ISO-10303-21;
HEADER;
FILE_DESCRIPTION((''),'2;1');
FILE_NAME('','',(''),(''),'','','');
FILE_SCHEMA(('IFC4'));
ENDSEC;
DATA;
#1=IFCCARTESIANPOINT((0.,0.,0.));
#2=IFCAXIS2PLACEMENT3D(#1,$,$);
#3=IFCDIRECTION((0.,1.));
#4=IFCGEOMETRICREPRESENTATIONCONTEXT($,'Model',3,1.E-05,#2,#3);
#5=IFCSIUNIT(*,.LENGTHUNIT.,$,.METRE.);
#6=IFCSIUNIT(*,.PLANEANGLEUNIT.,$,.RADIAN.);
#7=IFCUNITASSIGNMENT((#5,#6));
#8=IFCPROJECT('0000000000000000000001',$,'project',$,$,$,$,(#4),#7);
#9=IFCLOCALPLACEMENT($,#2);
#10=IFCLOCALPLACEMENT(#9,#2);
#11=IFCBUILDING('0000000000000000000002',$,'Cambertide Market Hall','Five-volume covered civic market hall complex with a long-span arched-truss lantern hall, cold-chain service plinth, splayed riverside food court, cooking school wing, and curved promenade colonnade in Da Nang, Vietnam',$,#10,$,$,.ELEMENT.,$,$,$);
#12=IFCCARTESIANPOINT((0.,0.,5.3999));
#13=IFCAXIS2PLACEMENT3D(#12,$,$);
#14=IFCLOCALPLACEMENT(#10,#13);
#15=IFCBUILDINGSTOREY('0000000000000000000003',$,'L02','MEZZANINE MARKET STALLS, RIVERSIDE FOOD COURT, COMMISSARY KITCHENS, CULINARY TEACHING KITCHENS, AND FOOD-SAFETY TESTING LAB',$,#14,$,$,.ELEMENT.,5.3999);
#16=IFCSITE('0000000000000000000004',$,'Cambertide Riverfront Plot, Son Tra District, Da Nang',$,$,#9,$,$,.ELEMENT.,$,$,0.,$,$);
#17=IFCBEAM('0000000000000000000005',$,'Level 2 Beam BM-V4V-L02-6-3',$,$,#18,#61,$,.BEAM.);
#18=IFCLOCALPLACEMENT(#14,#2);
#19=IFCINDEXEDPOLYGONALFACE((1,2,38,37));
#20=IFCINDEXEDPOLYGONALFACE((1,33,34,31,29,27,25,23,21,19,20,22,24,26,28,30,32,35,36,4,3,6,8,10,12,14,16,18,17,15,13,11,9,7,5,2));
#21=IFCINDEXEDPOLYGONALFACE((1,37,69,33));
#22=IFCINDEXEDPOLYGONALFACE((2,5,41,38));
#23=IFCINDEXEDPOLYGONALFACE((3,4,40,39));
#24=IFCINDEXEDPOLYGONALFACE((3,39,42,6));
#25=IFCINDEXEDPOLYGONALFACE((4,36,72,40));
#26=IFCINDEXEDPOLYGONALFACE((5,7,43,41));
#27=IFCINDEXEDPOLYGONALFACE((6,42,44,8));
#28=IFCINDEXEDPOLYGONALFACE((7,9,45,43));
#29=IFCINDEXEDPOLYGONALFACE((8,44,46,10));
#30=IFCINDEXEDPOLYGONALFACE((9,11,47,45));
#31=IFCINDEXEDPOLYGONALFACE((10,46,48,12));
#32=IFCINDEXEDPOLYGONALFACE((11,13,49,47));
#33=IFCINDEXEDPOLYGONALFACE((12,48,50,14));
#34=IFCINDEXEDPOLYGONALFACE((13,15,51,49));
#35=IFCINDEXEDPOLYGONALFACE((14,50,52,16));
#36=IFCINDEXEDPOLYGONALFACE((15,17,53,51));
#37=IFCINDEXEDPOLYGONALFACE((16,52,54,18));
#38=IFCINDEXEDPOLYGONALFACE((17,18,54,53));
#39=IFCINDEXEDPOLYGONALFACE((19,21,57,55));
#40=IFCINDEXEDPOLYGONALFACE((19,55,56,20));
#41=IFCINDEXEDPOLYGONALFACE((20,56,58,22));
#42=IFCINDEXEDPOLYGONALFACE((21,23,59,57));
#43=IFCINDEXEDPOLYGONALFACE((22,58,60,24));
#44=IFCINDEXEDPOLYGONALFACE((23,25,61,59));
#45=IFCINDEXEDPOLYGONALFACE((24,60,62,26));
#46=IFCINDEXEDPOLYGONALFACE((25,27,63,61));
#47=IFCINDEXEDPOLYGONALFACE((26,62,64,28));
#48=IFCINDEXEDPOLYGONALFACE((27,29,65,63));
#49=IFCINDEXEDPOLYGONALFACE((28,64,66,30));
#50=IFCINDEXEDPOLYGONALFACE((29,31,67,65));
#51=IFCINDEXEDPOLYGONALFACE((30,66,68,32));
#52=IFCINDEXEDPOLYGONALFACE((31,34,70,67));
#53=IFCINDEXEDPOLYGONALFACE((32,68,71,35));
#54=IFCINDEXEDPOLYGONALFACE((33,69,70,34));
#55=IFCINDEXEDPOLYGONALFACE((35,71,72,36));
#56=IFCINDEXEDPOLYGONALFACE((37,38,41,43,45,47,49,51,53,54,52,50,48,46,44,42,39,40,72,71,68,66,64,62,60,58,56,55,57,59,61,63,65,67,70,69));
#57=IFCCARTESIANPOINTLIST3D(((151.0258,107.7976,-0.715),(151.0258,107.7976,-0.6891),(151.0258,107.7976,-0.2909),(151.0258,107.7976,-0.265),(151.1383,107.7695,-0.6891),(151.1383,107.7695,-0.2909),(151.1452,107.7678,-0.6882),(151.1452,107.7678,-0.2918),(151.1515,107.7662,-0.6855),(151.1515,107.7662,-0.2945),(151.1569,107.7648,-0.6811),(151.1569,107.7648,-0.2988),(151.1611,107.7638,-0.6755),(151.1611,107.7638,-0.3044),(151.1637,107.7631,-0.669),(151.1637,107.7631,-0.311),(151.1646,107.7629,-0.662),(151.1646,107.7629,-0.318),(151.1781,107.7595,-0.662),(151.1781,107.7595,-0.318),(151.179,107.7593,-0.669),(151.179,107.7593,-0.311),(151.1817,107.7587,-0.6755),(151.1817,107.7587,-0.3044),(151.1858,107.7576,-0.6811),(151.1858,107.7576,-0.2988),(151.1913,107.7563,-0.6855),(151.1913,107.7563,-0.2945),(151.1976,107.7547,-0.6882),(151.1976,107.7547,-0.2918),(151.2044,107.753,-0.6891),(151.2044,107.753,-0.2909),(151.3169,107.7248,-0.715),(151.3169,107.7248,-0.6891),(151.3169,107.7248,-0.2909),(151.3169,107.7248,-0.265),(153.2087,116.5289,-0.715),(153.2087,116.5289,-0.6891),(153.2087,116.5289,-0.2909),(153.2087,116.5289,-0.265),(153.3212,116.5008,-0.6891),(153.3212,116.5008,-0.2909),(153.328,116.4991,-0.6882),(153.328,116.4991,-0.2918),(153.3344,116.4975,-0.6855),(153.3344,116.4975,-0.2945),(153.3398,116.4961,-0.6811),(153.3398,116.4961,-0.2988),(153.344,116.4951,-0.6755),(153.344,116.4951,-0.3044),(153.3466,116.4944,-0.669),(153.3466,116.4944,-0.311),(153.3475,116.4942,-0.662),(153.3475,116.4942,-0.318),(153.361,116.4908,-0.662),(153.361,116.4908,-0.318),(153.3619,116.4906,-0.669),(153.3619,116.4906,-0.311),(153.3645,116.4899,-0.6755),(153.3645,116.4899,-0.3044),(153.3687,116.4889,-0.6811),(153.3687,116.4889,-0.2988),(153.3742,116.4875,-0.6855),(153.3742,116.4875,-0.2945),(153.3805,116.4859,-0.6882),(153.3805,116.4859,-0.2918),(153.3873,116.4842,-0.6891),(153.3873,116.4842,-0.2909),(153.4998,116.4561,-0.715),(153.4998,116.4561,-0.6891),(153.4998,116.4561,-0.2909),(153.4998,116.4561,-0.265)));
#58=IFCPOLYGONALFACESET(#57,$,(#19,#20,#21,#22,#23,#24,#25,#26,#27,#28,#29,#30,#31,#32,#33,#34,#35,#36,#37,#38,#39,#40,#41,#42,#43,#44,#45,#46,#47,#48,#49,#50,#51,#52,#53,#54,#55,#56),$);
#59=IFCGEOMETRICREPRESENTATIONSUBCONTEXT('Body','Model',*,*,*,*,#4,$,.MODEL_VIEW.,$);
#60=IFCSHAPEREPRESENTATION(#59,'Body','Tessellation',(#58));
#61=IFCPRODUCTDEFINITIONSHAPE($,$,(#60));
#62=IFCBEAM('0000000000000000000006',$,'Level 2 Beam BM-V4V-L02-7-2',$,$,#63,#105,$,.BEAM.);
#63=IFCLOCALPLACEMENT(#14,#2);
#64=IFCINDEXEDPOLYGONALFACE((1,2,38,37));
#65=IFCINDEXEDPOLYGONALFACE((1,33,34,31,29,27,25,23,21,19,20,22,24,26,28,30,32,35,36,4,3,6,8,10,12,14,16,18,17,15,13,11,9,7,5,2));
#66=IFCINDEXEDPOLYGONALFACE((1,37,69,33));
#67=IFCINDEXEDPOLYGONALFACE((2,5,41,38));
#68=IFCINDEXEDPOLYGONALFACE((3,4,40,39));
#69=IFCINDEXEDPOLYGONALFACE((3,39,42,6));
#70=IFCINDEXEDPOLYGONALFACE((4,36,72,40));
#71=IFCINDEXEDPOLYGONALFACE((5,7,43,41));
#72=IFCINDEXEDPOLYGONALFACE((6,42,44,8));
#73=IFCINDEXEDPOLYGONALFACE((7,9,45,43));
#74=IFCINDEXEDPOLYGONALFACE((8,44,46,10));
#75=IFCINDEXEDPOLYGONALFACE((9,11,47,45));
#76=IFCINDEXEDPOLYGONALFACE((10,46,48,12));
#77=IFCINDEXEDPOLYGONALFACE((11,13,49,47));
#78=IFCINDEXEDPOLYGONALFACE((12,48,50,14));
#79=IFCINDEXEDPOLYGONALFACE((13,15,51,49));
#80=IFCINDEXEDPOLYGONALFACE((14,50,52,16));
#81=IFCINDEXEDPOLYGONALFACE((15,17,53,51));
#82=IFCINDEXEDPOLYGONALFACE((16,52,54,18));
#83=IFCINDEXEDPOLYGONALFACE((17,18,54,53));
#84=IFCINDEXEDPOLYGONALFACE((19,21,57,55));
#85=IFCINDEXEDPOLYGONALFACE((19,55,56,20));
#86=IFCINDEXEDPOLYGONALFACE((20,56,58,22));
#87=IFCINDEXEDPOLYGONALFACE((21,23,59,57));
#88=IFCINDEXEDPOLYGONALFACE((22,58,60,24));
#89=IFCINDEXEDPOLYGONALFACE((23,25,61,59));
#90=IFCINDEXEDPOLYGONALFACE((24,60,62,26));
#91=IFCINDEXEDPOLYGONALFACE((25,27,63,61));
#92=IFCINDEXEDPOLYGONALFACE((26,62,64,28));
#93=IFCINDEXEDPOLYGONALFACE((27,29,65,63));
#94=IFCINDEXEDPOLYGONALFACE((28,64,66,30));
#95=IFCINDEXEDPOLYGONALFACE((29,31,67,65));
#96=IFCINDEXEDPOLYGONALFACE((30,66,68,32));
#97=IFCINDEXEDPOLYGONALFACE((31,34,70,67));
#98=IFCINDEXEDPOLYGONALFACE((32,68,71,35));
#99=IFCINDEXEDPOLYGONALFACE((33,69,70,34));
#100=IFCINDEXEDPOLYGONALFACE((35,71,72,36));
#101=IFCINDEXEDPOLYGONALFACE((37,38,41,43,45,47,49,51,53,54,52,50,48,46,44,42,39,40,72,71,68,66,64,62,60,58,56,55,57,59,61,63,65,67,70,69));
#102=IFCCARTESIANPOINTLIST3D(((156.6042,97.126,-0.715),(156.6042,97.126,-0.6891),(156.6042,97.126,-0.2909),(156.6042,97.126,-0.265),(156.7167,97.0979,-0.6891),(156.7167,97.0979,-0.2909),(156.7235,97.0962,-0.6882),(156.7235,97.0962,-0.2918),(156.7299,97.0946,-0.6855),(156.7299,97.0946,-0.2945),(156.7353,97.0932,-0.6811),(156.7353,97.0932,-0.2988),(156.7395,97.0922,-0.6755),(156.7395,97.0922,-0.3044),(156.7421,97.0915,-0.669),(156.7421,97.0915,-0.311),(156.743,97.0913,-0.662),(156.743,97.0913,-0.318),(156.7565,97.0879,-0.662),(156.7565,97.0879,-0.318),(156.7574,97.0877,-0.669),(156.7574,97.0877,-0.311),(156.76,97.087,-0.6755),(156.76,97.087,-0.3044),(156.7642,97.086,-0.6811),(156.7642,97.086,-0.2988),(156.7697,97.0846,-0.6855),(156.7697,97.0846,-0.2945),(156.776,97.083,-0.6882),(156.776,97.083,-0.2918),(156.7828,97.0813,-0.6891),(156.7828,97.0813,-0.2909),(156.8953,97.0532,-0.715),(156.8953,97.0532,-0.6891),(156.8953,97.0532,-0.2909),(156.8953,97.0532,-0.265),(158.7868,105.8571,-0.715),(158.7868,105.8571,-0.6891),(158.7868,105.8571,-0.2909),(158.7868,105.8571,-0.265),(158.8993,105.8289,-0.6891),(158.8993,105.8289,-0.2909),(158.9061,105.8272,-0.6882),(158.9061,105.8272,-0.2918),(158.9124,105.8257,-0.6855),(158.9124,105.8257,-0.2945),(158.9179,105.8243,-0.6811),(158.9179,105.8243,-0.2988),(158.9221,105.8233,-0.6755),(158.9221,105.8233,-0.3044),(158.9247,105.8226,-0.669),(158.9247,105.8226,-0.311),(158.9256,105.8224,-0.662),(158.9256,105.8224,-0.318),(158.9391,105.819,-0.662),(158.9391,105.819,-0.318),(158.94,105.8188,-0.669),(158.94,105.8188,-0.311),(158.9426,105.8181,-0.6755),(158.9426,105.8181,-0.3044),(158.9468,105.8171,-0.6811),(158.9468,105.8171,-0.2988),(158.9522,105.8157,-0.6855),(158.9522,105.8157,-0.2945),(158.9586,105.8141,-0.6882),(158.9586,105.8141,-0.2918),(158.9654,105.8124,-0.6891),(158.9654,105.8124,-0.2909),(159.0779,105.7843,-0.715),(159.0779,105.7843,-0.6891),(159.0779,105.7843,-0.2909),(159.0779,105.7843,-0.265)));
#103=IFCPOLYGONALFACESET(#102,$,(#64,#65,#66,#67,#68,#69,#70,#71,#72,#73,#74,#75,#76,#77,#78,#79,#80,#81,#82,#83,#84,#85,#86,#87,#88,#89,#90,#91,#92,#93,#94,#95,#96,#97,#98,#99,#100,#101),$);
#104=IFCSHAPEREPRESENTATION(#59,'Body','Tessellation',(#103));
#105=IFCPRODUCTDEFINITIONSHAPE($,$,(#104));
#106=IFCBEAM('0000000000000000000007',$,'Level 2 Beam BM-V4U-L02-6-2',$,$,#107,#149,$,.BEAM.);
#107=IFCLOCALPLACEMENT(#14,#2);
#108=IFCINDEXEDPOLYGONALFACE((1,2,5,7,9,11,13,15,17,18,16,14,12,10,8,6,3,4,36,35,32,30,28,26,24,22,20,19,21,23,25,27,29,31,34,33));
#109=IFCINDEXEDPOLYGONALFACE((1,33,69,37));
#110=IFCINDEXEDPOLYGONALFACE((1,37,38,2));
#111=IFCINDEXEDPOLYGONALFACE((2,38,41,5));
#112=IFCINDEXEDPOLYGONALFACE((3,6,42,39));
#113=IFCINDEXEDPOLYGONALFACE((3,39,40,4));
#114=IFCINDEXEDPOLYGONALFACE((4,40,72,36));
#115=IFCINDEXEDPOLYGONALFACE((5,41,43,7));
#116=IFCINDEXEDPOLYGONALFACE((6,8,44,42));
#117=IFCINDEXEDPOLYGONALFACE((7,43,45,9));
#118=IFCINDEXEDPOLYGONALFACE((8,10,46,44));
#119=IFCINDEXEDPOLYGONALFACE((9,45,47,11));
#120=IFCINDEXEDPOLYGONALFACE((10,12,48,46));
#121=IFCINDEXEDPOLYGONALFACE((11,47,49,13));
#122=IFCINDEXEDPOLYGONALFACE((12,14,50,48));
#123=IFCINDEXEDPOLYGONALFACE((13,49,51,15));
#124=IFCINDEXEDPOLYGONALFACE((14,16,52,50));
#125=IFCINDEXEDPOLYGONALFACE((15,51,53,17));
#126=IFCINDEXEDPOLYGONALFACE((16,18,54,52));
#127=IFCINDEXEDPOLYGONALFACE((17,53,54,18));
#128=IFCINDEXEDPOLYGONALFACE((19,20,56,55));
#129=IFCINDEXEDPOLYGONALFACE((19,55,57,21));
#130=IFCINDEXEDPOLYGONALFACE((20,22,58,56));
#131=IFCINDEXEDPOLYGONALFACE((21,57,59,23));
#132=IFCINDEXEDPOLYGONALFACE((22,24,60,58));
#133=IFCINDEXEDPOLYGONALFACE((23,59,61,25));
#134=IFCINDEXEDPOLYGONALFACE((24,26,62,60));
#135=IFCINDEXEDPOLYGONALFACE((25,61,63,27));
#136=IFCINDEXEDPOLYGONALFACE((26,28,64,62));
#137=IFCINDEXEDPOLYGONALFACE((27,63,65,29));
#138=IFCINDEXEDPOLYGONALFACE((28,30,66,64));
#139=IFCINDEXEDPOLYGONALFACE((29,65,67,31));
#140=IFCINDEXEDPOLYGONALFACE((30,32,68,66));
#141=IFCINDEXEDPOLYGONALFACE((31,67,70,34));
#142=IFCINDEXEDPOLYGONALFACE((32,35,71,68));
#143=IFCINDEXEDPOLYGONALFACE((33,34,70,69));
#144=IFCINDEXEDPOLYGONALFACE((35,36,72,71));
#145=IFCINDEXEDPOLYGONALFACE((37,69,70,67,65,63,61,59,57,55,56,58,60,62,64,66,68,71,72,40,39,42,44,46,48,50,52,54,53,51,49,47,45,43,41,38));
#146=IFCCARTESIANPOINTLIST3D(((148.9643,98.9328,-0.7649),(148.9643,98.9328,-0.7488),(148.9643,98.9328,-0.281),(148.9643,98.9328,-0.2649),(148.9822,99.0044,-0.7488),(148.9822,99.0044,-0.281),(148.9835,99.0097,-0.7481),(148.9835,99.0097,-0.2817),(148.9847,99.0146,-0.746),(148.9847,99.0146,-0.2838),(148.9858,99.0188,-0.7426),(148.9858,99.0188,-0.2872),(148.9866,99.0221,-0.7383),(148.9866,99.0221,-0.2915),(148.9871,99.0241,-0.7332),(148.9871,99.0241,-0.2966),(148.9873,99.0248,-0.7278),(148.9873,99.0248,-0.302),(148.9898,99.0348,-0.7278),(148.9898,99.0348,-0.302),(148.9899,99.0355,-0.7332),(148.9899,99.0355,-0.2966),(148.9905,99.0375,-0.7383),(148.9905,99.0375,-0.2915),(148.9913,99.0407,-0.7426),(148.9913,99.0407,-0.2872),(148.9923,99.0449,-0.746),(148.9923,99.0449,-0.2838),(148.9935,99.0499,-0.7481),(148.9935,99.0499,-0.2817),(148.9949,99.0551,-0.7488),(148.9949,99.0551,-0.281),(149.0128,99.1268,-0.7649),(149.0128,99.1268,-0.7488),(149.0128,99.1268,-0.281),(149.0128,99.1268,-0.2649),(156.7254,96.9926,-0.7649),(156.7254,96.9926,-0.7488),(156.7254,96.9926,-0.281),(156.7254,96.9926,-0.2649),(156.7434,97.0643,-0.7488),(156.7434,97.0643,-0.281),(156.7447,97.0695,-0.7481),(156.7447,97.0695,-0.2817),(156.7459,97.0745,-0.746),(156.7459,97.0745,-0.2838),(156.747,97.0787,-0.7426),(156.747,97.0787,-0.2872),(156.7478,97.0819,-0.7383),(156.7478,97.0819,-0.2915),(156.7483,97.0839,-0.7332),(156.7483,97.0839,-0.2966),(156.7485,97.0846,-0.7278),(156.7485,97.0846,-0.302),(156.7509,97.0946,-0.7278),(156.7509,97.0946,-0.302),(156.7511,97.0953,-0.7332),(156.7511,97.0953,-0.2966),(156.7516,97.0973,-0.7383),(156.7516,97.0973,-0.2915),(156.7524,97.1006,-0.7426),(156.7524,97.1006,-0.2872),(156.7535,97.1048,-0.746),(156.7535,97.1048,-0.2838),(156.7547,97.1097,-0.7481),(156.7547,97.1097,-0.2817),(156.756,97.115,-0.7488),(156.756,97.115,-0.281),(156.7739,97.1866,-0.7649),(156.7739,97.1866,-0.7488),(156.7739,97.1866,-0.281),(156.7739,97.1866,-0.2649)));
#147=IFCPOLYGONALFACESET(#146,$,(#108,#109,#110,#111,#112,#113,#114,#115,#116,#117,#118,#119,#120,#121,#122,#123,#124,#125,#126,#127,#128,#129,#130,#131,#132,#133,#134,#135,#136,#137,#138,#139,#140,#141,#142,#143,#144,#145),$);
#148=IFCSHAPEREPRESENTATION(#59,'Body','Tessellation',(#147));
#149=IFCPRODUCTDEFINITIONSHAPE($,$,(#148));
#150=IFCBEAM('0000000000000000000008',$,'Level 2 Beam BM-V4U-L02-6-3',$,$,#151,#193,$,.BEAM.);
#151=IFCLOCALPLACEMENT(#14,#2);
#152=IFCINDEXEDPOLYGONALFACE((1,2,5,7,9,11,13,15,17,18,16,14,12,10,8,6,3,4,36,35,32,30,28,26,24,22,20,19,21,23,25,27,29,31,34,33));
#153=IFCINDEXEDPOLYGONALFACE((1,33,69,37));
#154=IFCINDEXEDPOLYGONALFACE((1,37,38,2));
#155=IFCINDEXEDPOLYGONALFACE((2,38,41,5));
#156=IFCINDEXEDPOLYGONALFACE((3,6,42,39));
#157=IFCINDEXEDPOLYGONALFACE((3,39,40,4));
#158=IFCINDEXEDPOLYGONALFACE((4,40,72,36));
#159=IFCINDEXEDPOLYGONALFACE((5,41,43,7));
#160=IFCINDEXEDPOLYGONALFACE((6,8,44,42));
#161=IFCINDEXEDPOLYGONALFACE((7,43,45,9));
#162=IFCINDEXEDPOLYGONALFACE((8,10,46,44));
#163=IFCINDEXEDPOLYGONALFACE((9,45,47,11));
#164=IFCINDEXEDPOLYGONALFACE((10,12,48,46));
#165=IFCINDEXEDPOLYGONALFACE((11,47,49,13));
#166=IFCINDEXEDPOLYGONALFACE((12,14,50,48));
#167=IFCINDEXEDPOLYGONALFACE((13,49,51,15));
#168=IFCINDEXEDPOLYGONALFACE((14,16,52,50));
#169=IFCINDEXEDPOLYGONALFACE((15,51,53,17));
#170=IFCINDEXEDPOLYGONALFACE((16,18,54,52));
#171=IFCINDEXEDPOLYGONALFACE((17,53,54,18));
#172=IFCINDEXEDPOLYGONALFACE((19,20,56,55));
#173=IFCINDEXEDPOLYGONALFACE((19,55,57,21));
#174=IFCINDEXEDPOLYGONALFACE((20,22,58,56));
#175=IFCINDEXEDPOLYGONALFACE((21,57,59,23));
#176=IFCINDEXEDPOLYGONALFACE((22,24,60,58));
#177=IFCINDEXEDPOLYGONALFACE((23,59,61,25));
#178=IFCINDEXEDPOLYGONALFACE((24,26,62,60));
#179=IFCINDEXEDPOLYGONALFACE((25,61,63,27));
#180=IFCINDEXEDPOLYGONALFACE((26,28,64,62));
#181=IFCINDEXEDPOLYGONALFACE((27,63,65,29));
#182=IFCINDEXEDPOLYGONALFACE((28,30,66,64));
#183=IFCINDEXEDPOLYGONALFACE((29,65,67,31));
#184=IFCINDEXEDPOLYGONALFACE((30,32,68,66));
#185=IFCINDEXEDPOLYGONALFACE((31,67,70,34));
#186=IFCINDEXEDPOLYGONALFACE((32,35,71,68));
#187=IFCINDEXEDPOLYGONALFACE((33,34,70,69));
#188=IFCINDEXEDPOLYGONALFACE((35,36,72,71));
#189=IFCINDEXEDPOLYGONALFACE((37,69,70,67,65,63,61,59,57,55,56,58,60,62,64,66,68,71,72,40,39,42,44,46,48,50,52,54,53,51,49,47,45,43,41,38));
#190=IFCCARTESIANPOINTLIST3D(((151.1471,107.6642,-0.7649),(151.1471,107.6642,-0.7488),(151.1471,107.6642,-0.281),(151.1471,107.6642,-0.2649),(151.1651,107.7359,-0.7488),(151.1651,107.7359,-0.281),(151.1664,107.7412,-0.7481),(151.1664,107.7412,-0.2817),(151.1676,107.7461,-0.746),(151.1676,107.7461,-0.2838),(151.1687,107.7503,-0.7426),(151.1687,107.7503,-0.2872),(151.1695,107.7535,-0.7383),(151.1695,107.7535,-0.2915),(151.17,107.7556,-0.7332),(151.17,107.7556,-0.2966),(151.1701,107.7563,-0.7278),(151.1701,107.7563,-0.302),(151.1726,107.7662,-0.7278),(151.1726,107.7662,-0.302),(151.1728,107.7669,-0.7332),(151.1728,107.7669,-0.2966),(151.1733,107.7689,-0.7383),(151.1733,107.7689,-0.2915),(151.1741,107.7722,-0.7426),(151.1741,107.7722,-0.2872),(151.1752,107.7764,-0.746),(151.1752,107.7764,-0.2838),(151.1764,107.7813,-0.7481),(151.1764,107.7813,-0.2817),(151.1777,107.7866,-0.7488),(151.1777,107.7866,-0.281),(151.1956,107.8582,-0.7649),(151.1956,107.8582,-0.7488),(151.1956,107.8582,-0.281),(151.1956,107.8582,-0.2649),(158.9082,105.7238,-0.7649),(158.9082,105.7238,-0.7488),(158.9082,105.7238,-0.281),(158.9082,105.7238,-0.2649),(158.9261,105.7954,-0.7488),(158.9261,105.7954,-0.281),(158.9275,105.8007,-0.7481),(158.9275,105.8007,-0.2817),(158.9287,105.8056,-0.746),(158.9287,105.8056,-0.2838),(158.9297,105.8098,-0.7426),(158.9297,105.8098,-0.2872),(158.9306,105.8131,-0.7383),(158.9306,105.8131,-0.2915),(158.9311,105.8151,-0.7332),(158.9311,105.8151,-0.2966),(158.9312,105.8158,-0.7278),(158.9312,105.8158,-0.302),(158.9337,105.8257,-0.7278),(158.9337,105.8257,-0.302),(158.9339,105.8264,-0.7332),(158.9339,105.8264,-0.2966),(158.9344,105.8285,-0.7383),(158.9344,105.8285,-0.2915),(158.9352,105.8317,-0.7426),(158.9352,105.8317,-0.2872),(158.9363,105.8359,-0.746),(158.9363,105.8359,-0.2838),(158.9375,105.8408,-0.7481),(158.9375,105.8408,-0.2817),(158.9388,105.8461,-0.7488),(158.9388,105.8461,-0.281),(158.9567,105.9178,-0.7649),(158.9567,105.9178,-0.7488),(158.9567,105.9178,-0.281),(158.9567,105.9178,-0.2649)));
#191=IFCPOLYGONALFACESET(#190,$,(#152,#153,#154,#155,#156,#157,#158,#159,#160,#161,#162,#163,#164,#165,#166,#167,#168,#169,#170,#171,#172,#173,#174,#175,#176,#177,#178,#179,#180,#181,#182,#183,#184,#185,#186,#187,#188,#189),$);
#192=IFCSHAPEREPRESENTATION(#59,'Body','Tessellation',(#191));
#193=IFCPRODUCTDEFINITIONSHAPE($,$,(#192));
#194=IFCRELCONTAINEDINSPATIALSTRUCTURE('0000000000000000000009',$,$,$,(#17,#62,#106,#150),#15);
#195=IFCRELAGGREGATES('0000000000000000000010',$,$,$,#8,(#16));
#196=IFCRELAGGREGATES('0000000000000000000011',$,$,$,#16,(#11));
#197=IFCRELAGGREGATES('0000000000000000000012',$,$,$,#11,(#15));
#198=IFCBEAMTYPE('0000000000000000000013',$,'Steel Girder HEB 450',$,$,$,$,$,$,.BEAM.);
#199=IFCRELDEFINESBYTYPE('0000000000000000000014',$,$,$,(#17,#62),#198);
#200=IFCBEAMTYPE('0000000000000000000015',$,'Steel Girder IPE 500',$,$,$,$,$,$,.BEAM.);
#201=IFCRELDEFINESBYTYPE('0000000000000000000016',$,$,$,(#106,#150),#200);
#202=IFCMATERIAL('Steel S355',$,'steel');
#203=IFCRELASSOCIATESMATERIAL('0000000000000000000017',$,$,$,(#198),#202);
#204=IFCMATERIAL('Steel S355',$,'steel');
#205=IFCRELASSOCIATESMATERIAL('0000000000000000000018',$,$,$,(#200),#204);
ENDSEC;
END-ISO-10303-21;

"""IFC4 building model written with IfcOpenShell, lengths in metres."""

from ifc_helpers import new_model, si_unit, direction, frame, origin, origin_2d, place, context, subcontext, project, spatial, i_section, extrude, material, material_profile, profile_set, type_object, element, save


model = new_model("IFC4")

# Units and contexts
model_context = context("Model", 3, precision=1e-05, world=origin(), true_north=direction((0.0, 1.0)))
body_context = subcontext(model_context, "Body", "Model", "MODEL_VIEW")
ifc_project = project(units=[si_unit("LENGTHUNIT", "METRE"), si_unit("PLANEANGLEUNIT", "RADIAN")], contexts=[model_context])

# Site, building, storey
site_placement = place(None, origin())
site = spatial("IfcSite", under=ifc_project, at=site_placement, Name="Cambertide Riverfront Plot, Son Tra District, Da Nang", CompositionType="ELEMENT", RefElevation=0.0)
building_placement = place(site_placement, origin())
building = spatial("IfcBuilding", under=site, at=building_placement, Name="Cambertide Market Hall", Description="Five-volume covered civic market hall complex with a long-span arched-truss lantern hall, cold-chain service plinth, splayed riverside food court, cooking school wing, and curved promenade colonnade in Da Nang, Vietnam", CompositionType="ELEMENT")
storey_placement = place(building_placement, frame((0.0, 0.0, 5.3999)))
storey = spatial("IfcBuildingStorey", under=building, at=storey_placement, Name="L02", Description="MEZZANINE MARKET STALLS, RIVERSIDE FOOD COURT, COMMISSARY KITCHENS, CULINARY TEACHING KITCHENS, AND FOOD-SAFETY TESTING LAB", CompositionType="ELEMENT", Elevation=5.3999)

# Beams
ifc_material_1 = material(Name="Steel S355", Category="steel")
ifc_material_profile_1 = material_profile(ifc_material_1, i_section(OverallWidth=0.3, OverallDepth=0.45, WebThickness=0.0139, FlangeThickness=0.0259, FilletRadius=0.0271, at=origin_2d()), Name="HEB 450")
ifc_profile_set_1 = profile_set([ifc_material_profile_1], Name="Steel S355")
beam_type_1 = type_object("IfcBeamType", Name="Steel Girder HEB 450", PredefinedType="BEAM", material=ifc_profile_set_1)
beam_1_placement = place(storey_placement, frame((151.1714, 107.7612, -0.49), z_axis=(0.242542, 0.970141, 0.0), x_axis=(-0.970141, 0.242542, 0.0)))
element("IfcBeam", 1, at=beam_1_placement, inside=storey, type_object=beam_type_1, Name="Level 2 Beam BM-V4V-L02-6-3", PredefinedType="BEAM", context=body_context, shape_type="SweptSolid", body=[
    extrude(i_section(OverallWidth=0.3, OverallDepth=0.45, WebThickness=0.0139, FlangeThickness=0.0259, FilletRadius=0.0271, at=origin_2d()), origin(), (0.0, 0.0, 1.0), 9.0),
])
beam_2_placement = place(storey_placement, frame((156.7498, 97.0896, -0.49), z_axis=(0.242516, 0.970147, 0.0), x_axis=(-0.970147, 0.242516, 0.0)))
element("IfcBeam", 2, at=beam_2_placement, inside=storey, type_object=beam_type_1, Name="Level 2 Beam BM-V4V-L02-7-2", PredefinedType="BEAM", context=body_context, shape_type="SweptSolid", body=[
    extrude(i_section(OverallWidth=0.3, OverallDepth=0.45, WebThickness=0.0139, FlangeThickness=0.0259, FilletRadius=0.0271, at=origin_2d()), origin(), (0.0, 0.0, 1.0), 8.9998),
])
ifc_material_2 = material(Name="Steel S355", Category="steel")
ifc_material_profile_2 = material_profile(ifc_material_2, i_section(OverallWidth=0.2, OverallDepth=0.5, WebThickness=0.0103, FlangeThickness=0.0161, FilletRadius=0.021, at=origin_2d()), Name="IPE 500")
ifc_profile_set_2 = profile_set([ifc_material_profile_2], Name="Steel S355")
beam_type_2 = type_object("IfcBeamType", Name="Steel Girder IPE 500", PredefinedType="BEAM", material=ifc_profile_set_2)
for number, where, z_axis, x_axis, name in (
    (3, (148.9885, 99.0298, -0.5149), (0.970146, -0.242521, 0.0), (0.242521, 0.970146, 0.0), "Level 2 Beam BM-V4U-L02-6-2"),
    (4, (151.1714, 107.7612, -0.5149), (0.970137, -0.242557, 0.0), (0.242557, 0.970137, 0.0), "Level 2 Beam BM-V4U-L02-6-3"),
):
    element("IfcBeam", number, at=place(storey_placement, frame(where, z_axis=z_axis, x_axis=x_axis)), inside=storey, type_object=beam_type_2, Name=name, PredefinedType="BEAM", context=body_context, shape_type="SweptSolid", body=[
        extrude(i_section(OverallWidth=0.2, OverallDepth=0.5, WebThickness=0.0103, FlangeThickness=0.0161, FilletRadius=0.021, at=origin_2d()), origin(), (0.0, 0.0, 1.0), 8.0),
    ])

save(model, "model.ifc")
